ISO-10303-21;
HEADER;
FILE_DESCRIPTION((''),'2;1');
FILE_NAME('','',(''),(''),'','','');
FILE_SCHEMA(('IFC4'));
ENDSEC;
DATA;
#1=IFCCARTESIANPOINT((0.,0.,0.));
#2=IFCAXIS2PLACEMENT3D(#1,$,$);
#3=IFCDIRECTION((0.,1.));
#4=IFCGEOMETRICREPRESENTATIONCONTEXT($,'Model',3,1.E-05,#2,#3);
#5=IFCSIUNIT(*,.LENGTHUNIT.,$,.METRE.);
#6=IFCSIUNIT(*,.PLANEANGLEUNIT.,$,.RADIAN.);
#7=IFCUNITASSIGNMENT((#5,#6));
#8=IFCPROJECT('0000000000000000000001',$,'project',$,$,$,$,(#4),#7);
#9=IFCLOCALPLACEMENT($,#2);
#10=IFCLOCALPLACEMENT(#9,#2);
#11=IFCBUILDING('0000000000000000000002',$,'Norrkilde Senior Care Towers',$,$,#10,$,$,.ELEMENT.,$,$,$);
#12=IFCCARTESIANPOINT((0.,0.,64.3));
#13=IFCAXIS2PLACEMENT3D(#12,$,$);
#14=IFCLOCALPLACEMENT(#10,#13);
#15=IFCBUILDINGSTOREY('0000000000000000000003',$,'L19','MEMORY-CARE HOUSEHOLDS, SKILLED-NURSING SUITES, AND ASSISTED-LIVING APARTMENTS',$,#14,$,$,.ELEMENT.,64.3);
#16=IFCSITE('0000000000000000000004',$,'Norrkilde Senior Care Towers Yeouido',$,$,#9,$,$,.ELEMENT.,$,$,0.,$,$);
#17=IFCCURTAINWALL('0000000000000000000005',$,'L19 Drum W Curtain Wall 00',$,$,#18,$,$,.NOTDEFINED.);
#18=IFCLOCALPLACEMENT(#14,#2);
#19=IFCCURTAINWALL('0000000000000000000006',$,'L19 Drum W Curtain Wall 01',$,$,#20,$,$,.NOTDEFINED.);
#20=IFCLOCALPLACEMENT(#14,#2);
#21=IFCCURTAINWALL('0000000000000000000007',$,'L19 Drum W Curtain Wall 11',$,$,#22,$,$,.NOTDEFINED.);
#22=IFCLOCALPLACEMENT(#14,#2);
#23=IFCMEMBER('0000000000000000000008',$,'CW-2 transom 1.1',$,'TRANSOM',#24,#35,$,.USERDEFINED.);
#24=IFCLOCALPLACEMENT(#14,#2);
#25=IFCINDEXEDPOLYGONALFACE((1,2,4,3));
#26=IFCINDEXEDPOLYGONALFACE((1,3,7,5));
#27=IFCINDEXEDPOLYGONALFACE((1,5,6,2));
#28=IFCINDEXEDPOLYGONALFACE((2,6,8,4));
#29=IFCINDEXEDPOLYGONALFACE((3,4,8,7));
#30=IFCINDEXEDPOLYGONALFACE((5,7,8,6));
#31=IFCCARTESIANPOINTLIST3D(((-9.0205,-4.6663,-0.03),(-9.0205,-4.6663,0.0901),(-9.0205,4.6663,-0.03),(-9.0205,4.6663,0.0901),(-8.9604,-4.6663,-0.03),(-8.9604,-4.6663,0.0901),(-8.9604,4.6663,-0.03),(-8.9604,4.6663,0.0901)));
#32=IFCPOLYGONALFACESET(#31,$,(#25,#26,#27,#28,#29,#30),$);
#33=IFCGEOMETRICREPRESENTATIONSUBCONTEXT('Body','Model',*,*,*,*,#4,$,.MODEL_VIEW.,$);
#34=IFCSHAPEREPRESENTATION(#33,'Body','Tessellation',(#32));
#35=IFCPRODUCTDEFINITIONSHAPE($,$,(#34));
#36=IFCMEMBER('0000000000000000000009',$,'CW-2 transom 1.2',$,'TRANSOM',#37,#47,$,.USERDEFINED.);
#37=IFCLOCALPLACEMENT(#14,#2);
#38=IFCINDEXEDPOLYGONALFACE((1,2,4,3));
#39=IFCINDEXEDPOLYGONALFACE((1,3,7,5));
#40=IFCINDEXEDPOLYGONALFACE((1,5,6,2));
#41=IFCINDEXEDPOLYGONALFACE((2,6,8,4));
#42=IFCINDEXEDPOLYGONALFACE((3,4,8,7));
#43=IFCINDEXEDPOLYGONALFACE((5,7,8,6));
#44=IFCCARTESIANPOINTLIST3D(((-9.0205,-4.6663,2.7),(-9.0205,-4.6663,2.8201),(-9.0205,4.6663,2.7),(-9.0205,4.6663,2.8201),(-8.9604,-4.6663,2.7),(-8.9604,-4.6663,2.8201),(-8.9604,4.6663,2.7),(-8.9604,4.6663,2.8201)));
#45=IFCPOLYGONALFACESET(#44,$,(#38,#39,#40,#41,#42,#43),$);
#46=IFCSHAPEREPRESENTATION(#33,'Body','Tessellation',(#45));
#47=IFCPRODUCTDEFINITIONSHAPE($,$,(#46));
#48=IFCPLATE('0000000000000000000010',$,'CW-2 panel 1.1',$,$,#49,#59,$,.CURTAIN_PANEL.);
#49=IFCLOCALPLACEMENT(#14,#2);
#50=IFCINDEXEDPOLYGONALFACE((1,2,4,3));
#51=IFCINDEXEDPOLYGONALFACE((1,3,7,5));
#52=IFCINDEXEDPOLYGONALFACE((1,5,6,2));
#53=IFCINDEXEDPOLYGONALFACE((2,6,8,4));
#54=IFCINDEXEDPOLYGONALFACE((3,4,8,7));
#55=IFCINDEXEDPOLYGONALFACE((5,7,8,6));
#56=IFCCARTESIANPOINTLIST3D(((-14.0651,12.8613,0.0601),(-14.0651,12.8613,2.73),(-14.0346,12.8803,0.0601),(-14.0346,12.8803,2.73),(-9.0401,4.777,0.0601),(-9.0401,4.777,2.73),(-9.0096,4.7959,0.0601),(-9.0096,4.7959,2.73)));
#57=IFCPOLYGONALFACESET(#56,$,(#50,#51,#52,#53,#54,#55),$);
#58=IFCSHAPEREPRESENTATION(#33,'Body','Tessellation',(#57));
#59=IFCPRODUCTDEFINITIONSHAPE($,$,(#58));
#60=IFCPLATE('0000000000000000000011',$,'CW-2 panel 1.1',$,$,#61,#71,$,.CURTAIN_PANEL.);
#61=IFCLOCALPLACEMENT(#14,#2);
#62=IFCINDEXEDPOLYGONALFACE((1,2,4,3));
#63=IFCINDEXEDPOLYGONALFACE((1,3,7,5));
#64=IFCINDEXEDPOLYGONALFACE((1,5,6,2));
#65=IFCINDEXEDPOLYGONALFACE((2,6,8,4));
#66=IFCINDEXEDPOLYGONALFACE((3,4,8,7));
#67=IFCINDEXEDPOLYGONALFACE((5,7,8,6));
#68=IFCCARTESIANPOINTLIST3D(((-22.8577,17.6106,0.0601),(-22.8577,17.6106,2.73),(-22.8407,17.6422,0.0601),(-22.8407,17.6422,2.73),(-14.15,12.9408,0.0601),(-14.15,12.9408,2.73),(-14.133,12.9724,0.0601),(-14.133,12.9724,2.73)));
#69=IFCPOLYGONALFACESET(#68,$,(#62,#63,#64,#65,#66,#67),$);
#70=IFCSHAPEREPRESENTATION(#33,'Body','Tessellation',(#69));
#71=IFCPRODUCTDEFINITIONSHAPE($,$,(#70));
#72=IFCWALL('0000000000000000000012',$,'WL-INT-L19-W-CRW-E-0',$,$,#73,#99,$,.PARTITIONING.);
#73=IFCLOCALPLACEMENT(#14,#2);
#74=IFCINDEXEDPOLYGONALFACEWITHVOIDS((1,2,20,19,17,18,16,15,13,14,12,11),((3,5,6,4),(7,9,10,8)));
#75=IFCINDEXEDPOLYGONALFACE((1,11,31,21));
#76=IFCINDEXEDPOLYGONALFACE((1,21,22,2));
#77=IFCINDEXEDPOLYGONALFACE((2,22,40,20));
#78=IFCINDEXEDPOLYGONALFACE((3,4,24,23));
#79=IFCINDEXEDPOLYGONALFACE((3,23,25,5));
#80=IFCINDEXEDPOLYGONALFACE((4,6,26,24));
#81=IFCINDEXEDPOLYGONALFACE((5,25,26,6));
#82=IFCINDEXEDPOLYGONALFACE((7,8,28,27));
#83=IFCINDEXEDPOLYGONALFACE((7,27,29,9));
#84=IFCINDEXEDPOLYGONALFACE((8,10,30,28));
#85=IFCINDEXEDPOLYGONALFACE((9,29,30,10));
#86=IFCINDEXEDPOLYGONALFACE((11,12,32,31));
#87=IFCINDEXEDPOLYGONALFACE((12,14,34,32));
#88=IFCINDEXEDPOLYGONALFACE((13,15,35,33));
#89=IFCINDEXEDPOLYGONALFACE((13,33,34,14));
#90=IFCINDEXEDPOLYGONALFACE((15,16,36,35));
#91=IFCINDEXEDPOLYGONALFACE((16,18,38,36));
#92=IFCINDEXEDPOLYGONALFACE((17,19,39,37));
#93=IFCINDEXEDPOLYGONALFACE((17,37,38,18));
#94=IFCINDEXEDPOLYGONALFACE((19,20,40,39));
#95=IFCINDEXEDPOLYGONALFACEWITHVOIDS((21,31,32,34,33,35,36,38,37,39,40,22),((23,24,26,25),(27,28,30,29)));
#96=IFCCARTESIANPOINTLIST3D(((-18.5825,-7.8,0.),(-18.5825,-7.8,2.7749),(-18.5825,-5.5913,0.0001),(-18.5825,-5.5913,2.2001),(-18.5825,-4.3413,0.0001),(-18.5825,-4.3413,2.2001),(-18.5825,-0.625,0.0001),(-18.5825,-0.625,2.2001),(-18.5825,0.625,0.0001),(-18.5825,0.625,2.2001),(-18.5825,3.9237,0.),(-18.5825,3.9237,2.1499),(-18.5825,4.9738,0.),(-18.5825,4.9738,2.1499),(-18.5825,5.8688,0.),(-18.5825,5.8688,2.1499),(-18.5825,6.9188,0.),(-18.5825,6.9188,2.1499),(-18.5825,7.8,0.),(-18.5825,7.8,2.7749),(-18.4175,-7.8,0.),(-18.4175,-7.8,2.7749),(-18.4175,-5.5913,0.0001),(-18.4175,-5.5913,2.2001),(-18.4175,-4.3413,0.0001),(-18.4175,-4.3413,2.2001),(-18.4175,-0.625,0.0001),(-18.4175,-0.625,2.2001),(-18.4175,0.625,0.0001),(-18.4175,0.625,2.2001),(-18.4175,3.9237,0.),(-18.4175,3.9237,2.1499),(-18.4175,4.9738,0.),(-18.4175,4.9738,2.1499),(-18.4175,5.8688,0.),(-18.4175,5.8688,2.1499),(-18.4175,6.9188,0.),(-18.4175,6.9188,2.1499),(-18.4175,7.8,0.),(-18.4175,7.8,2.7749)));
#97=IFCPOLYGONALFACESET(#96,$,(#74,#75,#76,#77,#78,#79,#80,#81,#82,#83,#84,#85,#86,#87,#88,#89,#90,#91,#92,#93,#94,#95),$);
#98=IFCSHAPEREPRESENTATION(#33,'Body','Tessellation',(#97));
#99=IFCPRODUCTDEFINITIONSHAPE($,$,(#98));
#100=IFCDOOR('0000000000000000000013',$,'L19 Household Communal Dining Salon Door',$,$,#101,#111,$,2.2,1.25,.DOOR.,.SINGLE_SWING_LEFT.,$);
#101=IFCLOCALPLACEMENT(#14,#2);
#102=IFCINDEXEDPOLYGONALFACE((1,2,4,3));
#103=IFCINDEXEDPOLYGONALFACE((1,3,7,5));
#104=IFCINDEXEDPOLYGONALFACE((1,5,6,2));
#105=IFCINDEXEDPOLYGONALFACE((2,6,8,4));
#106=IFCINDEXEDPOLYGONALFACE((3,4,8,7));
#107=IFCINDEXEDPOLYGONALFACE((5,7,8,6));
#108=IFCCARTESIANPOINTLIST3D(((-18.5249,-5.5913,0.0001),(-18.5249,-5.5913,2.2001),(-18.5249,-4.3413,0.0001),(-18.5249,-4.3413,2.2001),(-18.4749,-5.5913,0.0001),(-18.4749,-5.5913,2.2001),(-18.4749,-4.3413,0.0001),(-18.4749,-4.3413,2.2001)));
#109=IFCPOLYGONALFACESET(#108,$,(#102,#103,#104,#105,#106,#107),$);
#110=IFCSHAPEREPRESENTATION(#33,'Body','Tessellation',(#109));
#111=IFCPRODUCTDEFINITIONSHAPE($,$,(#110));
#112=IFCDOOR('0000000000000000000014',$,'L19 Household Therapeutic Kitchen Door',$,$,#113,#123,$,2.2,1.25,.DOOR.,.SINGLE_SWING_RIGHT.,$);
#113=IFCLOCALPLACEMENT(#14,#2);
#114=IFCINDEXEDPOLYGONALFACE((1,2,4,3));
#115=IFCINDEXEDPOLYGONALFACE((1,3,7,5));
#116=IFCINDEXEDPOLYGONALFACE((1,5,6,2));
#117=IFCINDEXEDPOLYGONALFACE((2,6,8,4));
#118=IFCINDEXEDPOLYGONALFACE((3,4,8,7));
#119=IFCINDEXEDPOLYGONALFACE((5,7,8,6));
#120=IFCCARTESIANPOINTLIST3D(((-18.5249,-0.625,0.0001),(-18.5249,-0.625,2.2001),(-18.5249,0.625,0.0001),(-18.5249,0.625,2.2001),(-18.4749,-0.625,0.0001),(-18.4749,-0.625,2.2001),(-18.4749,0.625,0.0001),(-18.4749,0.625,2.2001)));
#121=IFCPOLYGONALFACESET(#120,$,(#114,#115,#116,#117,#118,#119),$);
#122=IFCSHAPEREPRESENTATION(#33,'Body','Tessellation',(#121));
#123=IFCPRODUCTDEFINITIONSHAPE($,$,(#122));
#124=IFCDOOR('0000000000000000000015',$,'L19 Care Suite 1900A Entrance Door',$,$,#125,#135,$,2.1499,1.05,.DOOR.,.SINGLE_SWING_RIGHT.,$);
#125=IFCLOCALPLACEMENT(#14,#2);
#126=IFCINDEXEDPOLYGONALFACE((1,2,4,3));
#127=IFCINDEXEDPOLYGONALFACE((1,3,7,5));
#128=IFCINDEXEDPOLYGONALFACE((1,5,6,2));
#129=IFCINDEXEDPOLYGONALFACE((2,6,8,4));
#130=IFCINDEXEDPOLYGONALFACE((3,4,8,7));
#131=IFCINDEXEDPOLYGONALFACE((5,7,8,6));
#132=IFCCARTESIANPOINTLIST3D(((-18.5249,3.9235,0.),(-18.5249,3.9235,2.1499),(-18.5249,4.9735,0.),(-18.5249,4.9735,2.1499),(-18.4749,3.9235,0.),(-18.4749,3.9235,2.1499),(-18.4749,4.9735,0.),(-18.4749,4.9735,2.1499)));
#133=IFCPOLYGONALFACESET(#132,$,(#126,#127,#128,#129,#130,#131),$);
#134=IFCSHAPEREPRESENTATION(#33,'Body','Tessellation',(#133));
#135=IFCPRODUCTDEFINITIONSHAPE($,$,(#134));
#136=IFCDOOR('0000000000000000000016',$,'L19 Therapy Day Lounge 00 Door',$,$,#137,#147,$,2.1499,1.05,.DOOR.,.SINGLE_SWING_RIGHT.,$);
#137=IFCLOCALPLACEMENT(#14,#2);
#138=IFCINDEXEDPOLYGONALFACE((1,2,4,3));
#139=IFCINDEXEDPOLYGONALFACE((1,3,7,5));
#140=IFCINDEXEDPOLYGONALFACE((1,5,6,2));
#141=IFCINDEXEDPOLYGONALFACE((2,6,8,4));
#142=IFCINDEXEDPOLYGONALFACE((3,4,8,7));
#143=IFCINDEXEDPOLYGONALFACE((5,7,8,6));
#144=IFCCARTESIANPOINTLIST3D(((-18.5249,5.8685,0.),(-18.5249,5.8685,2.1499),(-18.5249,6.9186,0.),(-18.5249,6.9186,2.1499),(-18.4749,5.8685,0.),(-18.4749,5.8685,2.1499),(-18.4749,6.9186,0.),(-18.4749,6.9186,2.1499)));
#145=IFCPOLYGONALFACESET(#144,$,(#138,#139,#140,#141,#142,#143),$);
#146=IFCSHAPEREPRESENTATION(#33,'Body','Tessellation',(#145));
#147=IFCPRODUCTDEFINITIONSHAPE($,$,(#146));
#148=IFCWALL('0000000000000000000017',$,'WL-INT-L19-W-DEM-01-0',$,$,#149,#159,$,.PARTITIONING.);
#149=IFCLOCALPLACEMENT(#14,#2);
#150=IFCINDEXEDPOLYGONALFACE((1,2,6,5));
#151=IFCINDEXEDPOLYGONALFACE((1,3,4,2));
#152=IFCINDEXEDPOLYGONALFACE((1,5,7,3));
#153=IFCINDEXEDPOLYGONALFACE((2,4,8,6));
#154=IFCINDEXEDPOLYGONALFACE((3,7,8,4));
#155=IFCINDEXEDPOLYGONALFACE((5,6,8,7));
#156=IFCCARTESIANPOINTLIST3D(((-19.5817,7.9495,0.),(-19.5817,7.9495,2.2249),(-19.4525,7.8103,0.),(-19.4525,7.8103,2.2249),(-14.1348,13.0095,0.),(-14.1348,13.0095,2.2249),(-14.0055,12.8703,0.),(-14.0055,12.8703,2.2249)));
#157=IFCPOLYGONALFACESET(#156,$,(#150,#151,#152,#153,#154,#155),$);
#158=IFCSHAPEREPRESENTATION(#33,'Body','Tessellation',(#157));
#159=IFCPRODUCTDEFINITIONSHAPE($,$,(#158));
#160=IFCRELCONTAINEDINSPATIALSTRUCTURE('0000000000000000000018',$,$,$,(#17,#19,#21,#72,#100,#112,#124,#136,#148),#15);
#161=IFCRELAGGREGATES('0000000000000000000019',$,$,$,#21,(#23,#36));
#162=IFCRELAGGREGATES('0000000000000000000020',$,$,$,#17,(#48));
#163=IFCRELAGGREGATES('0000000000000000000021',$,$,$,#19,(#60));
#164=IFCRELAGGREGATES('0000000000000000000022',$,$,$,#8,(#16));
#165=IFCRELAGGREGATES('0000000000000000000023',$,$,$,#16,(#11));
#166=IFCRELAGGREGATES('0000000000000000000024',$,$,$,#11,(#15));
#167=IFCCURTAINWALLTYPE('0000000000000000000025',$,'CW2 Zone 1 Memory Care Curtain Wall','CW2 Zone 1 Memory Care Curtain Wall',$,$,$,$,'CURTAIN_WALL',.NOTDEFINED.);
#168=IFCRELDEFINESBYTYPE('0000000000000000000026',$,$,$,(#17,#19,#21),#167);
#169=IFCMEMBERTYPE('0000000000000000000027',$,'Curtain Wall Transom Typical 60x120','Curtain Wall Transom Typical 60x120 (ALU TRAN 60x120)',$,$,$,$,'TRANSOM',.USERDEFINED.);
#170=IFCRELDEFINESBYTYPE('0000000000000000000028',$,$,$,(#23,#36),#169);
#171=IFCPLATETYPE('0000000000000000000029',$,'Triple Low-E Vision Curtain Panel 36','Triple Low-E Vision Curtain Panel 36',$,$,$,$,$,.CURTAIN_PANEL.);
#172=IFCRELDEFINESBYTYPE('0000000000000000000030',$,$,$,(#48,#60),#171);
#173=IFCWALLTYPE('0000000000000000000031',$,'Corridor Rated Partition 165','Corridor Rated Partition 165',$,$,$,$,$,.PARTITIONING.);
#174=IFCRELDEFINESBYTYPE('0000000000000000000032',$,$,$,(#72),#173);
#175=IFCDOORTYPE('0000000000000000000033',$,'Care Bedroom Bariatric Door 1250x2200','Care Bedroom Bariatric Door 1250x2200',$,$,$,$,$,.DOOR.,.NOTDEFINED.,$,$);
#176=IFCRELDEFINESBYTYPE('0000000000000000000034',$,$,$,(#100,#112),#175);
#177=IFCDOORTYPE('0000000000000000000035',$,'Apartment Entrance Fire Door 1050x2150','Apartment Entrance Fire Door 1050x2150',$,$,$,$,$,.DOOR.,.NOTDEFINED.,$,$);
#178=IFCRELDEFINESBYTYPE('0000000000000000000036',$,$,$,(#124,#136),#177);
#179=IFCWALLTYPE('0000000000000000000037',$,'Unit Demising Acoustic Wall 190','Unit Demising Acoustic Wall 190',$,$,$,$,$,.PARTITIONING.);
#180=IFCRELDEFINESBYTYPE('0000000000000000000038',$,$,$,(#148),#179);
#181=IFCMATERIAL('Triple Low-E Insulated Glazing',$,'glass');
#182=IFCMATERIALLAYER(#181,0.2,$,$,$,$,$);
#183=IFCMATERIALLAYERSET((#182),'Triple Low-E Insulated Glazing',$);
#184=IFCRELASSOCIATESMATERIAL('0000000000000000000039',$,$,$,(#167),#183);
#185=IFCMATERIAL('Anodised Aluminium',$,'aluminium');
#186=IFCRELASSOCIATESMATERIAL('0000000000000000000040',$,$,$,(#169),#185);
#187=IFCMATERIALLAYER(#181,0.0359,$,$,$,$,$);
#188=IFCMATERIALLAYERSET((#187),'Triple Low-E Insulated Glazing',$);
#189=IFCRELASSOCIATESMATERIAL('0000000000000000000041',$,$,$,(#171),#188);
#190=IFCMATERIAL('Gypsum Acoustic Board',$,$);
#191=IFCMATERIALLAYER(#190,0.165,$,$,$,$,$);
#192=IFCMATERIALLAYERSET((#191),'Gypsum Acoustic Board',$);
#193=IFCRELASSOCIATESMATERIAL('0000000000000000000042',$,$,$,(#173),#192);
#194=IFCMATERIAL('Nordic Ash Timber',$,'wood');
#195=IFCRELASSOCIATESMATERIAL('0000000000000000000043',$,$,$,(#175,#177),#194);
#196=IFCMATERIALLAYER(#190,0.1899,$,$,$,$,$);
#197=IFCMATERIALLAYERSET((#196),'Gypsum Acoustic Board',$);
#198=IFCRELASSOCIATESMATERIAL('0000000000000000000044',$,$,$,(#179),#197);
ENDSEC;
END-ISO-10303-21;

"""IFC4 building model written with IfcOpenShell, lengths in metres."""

from ifc_helpers import new_model, si_unit, direction, frame, frame_2d, origin, origin_2d, place, context, subcontext, project, spatial, rectangle, extrude, source, transform, mapped, material, layer, layer_set, material_profile, profile_set, type_object, type_shapes, element, fill, aggregate, save


model = new_model("IFC4")

# Units and contexts
model_context = context("Model", 3, precision=1e-05, world=origin(), true_north=direction((0.0, 1.0)))
body_context = subcontext(model_context, "Body", "Model", "MODEL_VIEW")
ifc_project = project(units=[si_unit("LENGTHUNIT", "METRE"), si_unit("PLANEANGLEUNIT", "RADIAN")], contexts=[model_context])

# Site, building, storey
site_placement = place(None, origin())
site = spatial("IfcSite", under=ifc_project, at=site_placement, Name="Norrkilde Senior Care Towers Yeouido", CompositionType="ELEMENT", RefElevation=0.0)
building_placement = place(site_placement, origin())
building = spatial("IfcBuilding", under=site, at=building_placement, Name="Norrkilde Senior Care Towers", CompositionType="ELEMENT")
storey_placement = place(building_placement, frame((0.0, 0.0, 64.3)))
storey = spatial("IfcBuildingStorey", under=building, at=storey_placement, Name="L19", Description="MEMORY-CARE HOUSEHOLDS, SKILLED-NURSING SUITES, AND ASSISTED-LIVING APARTMENTS", CompositionType="ELEMENT", Elevation=64.3)

# Curtain wall
ifc_material_1 = material(Name="Triple Low-E Insulated Glazing", Category="glass")
ifc_layer_1 = layer(ifc_material_1, 0.2)
ifc_layer_set_1 = layer_set([ifc_layer_1], Name="Triple Low-E Insulated Glazing")
curtain_wall_type = type_object("IfcCurtainWallType", Name="CW2 Zone 1 Memory Care Curtain Wall", Description="CW2 Zone 1 Memory Care Curtain Wall", ElementType="CURTAIN_WALL", PredefinedType="NOTDEFINED", material=ifc_layer_set_1)
curtain_wall_1_placement = place(storey_placement, origin())
curtain_wall_1 = element("IfcCurtainWall", 1, at=curtain_wall_1_placement, inside=storey, type_object=curtain_wall_type, Name="L19 Drum W Curtain Wall 00", PredefinedType="NOTDEFINED")
ifc_material_2 = material(Name="Anodised Aluminium", Category="aluminium")

# Curtain walls
curtain_wall_2_placement = place(storey_placement, origin())
curtain_wall_2 = element("IfcCurtainWall", 2, at=curtain_wall_2_placement, inside=storey, type_object=curtain_wall_type, Name="L19 Drum W Curtain Wall 01", PredefinedType="NOTDEFINED")
curtain_wall_3_placement = place(storey_placement, origin())
curtain_wall_3 = element("IfcCurtainWall", 3, at=curtain_wall_3_placement, inside=storey, type_object=curtain_wall_type, Name="L19 Drum W Curtain Wall 11", PredefinedType="NOTDEFINED")

# Members
ifc_material_profile_1 = material_profile(ifc_material_2, rectangle(XDim=0.0601, YDim=0.1201, at=origin_2d()), Name="ALU TRAN 60x120")
ifc_profile_set_1 = profile_set([ifc_material_profile_1], Name="Anodised Aluminium")
member_type_1 = type_object("IfcMemberType", Name="Curtain Wall Transom Typical 60x120", Description="Curtain Wall Transom Typical 60x120 (ALU TRAN 60x120)", ElementType="TRANSOM", PredefinedType="USERDEFINED", material=ifc_profile_set_1)
shared_shape_1 = source(origin(), body_context, "Body", "SweptSolid", [
    extrude(rectangle(XDim=0.0601, YDim=0.1201, at=origin_2d()), origin(), (0.0, 0.0, 1.0), 9.3325),
])
member_1_placement = place(storey_placement, frame((-8.9905, 4.6663, 0.03), z_axis=(0.0, -1.0, 0.0), x_axis=(1.0, 0.0, 0.0)))
member_1 = element("IfcMember", 4, at=member_1_placement, type_object=member_type_1, Name="CW-2 transom 1.1", ObjectType="TRANSOM", PredefinedType="USERDEFINED", context=body_context, shape_type="MappedRepresentation", body=[
    mapped(shared_shape_1, transform((0.0, 0.0, 0.0), x_axis=(1.0, 0.0, 0.0), y_axis=(0.0, 1.0, 0.0), z_axis=(0.0, 0.0, 1.0), scale=1.0)),
])
member_2_placement = place(storey_placement, frame((-8.9905, 4.6663, 2.76), z_axis=(0.0, -1.0, 0.0), x_axis=(1.0, 0.0, 0.0)))
member_2 = element("IfcMember", 5, at=member_2_placement, type_object=member_type_1, Name="CW-2 transom 1.2", ObjectType="TRANSOM", PredefinedType="USERDEFINED", context=body_context, shape_type="MappedRepresentation", body=[
    mapped(shared_shape_1, transform((0.0, 0.0, 0.0), x_axis=(1.0, 0.0, 0.0), y_axis=(0.0, 1.0, 0.0), z_axis=(0.0, 0.0, 1.0), scale=1.0)),
])
aggregate(curtain_wall_3, [member_1, member_2])

# Plates
ifc_layer_2 = layer(ifc_material_1, 0.0359)
ifc_layer_set_2 = layer_set([ifc_layer_2], Name="Triple Low-E Insulated Glazing")
plate_type = type_object("IfcPlateType", Name="Triple Low-E Vision Curtain Panel 36", Description="Triple Low-E Vision Curtain Panel 36", PredefinedType="CURTAIN_PANEL", material=ifc_layer_set_2)
shared_shape_2 = source(origin(), body_context, "Body", "SweptSolid", [
    extrude(rectangle(XDim=9.5188, YDim=0.0359, at=origin_2d()), origin(), (0.0, 0.0, 1.0), 2.6699),
])
plate_1_placement = place(storey_placement, frame((-11.5374, 8.8286, 0.0601), z_axis=(0.0, 0.0, 1.0), x_axis=(0.527901, -0.849306, 0.0)))
plate_1 = element("IfcPlate", 6, at=plate_1_placement, type_object=plate_type, Name="CW-2 panel 1.1", PredefinedType="CURTAIN_PANEL", context=body_context, shape_type="MappedRepresentation", body=[
    mapped(shared_shape_2, transform((0.0, 0.0, 0.0), x_axis=(1.0, 0.0, 0.0), y_axis=(0.0, 1.0, 0.0), z_axis=(0.0, 0.0, 1.0), scale=1.0)),
])
aggregate(curtain_wall_1, [plate_1])
shared_shape_3 = source(origin(), body_context, "Body", "SweptSolid", [
    extrude(rectangle(XDim=9.8809, YDim=0.0359, at=origin_2d()), origin(), (0.0, 0.0, 1.0), 2.6699),
])
type_shapes(plate_type, [shared_shape_2, shared_shape_3])
plate_2_placement = place(storey_placement, frame((-18.4954, 15.2915, 0.0601), z_axis=(0.0, 0.0, 1.0), x_axis=(0.881273, -0.472608, 0.0)))
plate_2 = element("IfcPlate", 7, at=plate_2_placement, type_object=plate_type, Name="CW-2 panel 1.1", PredefinedType="CURTAIN_PANEL", context=body_context, shape_type="MappedRepresentation", body=[
    mapped(shared_shape_3, transform((0.0, 0.0, 0.0), x_axis=(1.0, 0.0, 0.0), y_axis=(0.0, 1.0, 0.0), z_axis=(0.0, 0.0, 1.0), scale=1.0)),
])
aggregate(curtain_wall_2, [plate_2])

# Wall, openings, doors
ifc_material_3 = material(Name="Gypsum Acoustic Board")
ifc_layer_3 = layer(ifc_material_3, 0.165)
ifc_layer_set_3 = layer_set([ifc_layer_3], Name="Gypsum Acoustic Board")
wall_type_1 = type_object("IfcWallType", Name="Corridor Rated Partition 165", Description="Corridor Rated Partition 165", PredefinedType="PARTITIONING", material=ifc_layer_set_3)
shared_shape_4 = source(origin(), body_context, "Body", "SweptSolid", [
    extrude(rectangle(XDim=15.6001, YDim=0.165, at=frame_2d((7.8, 0.0))), origin(), (0.0, 0.0, 1.0), 2.7749),
])
type_shapes(wall_type_1, [shared_shape_4])
wall_1_placement = place(storey_placement, frame((-18.5, 7.8, 0.0), z_axis=(0.0, 0.0, 1.0), x_axis=(0.0, -1.0, 0.0)))
wall_1 = element("IfcWall", 8, at=wall_1_placement, inside=storey, type_object=wall_type_1, Name="WL-INT-L19-W-CRW-E-0", PredefinedType="PARTITIONING", context=body_context, shape_type="MappedRepresentation", body=[
    mapped(shared_shape_4, transform((0.0, 0.0, 0.0), x_axis=(1.0, 0.0, 0.0), y_axis=(0.0, 1.0, 0.0), z_axis=(0.0, 0.0, 1.0), scale=1.0)),
])
opening_1_placement = place(wall_1_placement, frame((12.1414, 0.0, 0.0)))
opening_1 = element("IfcOpeningElement", 9, at=opening_1_placement, cuts=wall_1, PredefinedType="OPENING", context=body_context, shape_type="SweptSolid", body=[
    extrude(rectangle(XDim=1.25, YDim=2.2, at=frame_2d((0.625, 1.1001))), frame((0.0, 0.0925, 0.0), z_axis=(0.0, -1.0, 0.0), x_axis=(1.0, 0.0, 0.0)), (0.0, 0.0, 1.0), 0.1851),
])
opening_2_placement = place(wall_1_placement, frame((7.175, 0.0, 0.0)))
opening_2 = element("IfcOpeningElement", 10, at=opening_2_placement, cuts=wall_1, PredefinedType="OPENING", context=body_context, shape_type="SweptSolid", body=[
    extrude(rectangle(XDim=1.25, YDim=2.2, at=frame_2d((0.625, 1.1001))), frame((0.0, 0.0925, 0.0), z_axis=(0.0, -1.0, 0.0), x_axis=(1.0, 0.0, 0.0)), (0.0, 0.0, 1.0), 0.1851),
])
opening_3_placement = place(wall_1_placement, frame((2.8264, 0.0, 0.0)))
opening_3 = element("IfcOpeningElement", 11, at=opening_3_placement, cuts=wall_1, PredefinedType="OPENING", context=body_context, shape_type="SweptSolid", body=[
    extrude(rectangle(XDim=1.05, YDim=2.1499, at=frame_2d((0.5249, 1.075))), frame((0.0, 0.0925, 0.0), z_axis=(0.0, -1.0, 0.0), x_axis=(1.0, 0.0, 0.0)), (0.0, 0.0, 1.0), 0.1851),
])
opening_4_placement = place(wall_1_placement, frame((0.8813, 0.0, 0.0)))
opening_4 = element("IfcOpeningElement", 12, at=opening_4_placement, cuts=wall_1, PredefinedType="OPENING", context=body_context, shape_type="SweptSolid", body=[
    extrude(rectangle(XDim=1.05, YDim=2.1499, at=frame_2d((0.5249, 1.075))), frame((0.0, 0.0925, 0.0), z_axis=(0.0, -1.0, 0.0), x_axis=(1.0, 0.0, 0.0)), (0.0, 0.0, 1.0), 0.1851),
])
ifc_material_4 = material(Name="Nordic Ash Timber", Category="wood")
door_type_1 = type_object("IfcDoorType", Name="Care Bedroom Bariatric Door 1250x2200", Description="Care Bedroom Bariatric Door 1250x2200", OperationType="NOTDEFINED", PredefinedType="DOOR", material=ifc_material_4)
shared_shape_5 = source(origin(), body_context, "Body", "SweptSolid", [
    extrude(rectangle(XDim=1.25, YDim=2.2, at=frame_2d((0.625, 1.1001))), frame((0.0, 0.0249, 0.0), z_axis=(0.0, -1.0, 0.0), x_axis=(1.0, 0.0, 0.0)), (0.0, 0.0, 1.0), 0.05),
])
type_shapes(door_type_1, [shared_shape_5])
door_1_placement = place(opening_1_placement, frame((1.25, 0.0, 0.0), z_axis=(0.0, 0.0, 1.0), x_axis=(-1.0, 0.0, 0.0)))
door_1 = element("IfcDoor", 13, at=door_1_placement, inside=storey, type_object=door_type_1, Name="L19 Household Communal Dining Salon Door", OperationType="SINGLE_SWING_LEFT", OverallHeight=2.2, OverallWidth=1.25, PredefinedType="DOOR", context=body_context, shape_type="MappedRepresentation", body=[
    mapped(shared_shape_5, transform((0.0, 0.0, 0.0), x_axis=(1.0, 0.0, 0.0), y_axis=(0.0, 1.0, 0.0), z_axis=(0.0, 0.0, 1.0), scale=1.0)),
])
fill(opening_1, door_1)
door_2_placement = place(opening_2_placement, frame((1.25, 0.0, 0.0), z_axis=(0.0, 0.0, 1.0), x_axis=(-1.0, 0.0, 0.0)))
door_2 = element("IfcDoor", 14, at=door_2_placement, inside=storey, type_object=door_type_1, Name="L19 Household Therapeutic Kitchen Door", OperationType="SINGLE_SWING_RIGHT", OverallHeight=2.2, OverallWidth=1.25, PredefinedType="DOOR", context=body_context, shape_type="MappedRepresentation", body=[
    mapped(shared_shape_5, transform((0.0, 0.0, 0.0), x_axis=(1.0, 0.0, 0.0), y_axis=(0.0, 1.0, 0.0), z_axis=(0.0, 0.0, 1.0), scale=1.0)),
])
fill(opening_2, door_2)
door_type_2 = type_object("IfcDoorType", Name="Apartment Entrance Fire Door 1050x2150", Description="Apartment Entrance Fire Door 1050x2150", OperationType="NOTDEFINED", PredefinedType="DOOR", material=ifc_material_4)
shared_shape_6 = source(origin(), body_context, "Body", "SweptSolid", [
    extrude(rectangle(XDim=1.05, YDim=2.1499, at=frame_2d((0.5249, 1.075))), frame((0.0, 0.0249, 0.0), z_axis=(0.0, -1.0, 0.0), x_axis=(1.0, 0.0, 0.0)), (0.0, 0.0, 1.0), 0.05),
])
type_shapes(door_type_2, [shared_shape_6])
door_3_placement = place(opening_3_placement, frame((1.05, 0.0, 0.0), z_axis=(0.0, 0.0, 1.0), x_axis=(-1.0, 0.0, 0.0)))
door_3 = element("IfcDoor", 15, at=door_3_placement, inside=storey, type_object=door_type_2, Name="L19 Care Suite 1900A Entrance Door", OperationType="SINGLE_SWING_RIGHT", OverallHeight=2.1499, OverallWidth=1.05, PredefinedType="DOOR", context=body_context, shape_type="MappedRepresentation", body=[
    mapped(shared_shape_6, transform((0.0, 0.0, 0.0), x_axis=(1.0, 0.0, 0.0), y_axis=(0.0, 1.0, 0.0), z_axis=(0.0, 0.0, 1.0), scale=1.0)),
])
fill(opening_3, door_3)
door_4_placement = place(opening_4_placement, frame((1.05, 0.0, 0.0), z_axis=(0.0, 0.0, 1.0), x_axis=(-1.0, 0.0, 0.0)))
door_4 = element("IfcDoor", 16, at=door_4_placement, inside=storey, type_object=door_type_2, Name="L19 Therapy Day Lounge 00 Door", OperationType="SINGLE_SWING_RIGHT", OverallHeight=2.1499, OverallWidth=1.05, PredefinedType="DOOR", context=body_context, shape_type="MappedRepresentation", body=[
    mapped(shared_shape_6, transform((0.0, 0.0, 0.0), x_axis=(1.0, 0.0, 0.0), y_axis=(0.0, 1.0, 0.0), z_axis=(0.0, 0.0, 1.0), scale=1.0)),
])
fill(opening_4, door_4)

# Wall
ifc_layer_4 = layer(ifc_material_3, 0.1899)
ifc_layer_set_4 = layer_set([ifc_layer_4], Name="Gypsum Acoustic Board")
wall_type_2 = type_object("IfcWallType", Name="Unit Demising Acoustic Wall 190", Description="Unit Demising Acoustic Wall 190", PredefinedType="PARTITIONING", material=ifc_layer_set_4)
shared_shape_7 = source(origin(), body_context, "Body", "SweptSolid", [
    extrude(rectangle(XDim=7.4346, YDim=0.1899, at=frame_2d((3.7173, 0.0))), origin(), (0.0, 0.0, 1.0), 2.2249),
])
wall_2_placement = place(storey_placement, frame((-19.5171, 7.8799, 0.0), z_axis=(0.0, 0.0, 1.0), x_axis=(0.732652, 0.680603, 0.0)))
element("IfcWall", 17, at=wall_2_placement, inside=storey, type_object=wall_type_2, Name="WL-INT-L19-W-DEM-01-0", PredefinedType="PARTITIONING", context=body_context, shape_type="MappedRepresentation", body=[
    mapped(shared_shape_7, transform((0.0, 0.0, 0.0), x_axis=(1.0, 0.0, 0.0), y_axis=(0.0, 1.0, 0.0), z_axis=(0.0, 0.0, 1.0), scale=1.0)),
])

save(model, "model.ifc")
